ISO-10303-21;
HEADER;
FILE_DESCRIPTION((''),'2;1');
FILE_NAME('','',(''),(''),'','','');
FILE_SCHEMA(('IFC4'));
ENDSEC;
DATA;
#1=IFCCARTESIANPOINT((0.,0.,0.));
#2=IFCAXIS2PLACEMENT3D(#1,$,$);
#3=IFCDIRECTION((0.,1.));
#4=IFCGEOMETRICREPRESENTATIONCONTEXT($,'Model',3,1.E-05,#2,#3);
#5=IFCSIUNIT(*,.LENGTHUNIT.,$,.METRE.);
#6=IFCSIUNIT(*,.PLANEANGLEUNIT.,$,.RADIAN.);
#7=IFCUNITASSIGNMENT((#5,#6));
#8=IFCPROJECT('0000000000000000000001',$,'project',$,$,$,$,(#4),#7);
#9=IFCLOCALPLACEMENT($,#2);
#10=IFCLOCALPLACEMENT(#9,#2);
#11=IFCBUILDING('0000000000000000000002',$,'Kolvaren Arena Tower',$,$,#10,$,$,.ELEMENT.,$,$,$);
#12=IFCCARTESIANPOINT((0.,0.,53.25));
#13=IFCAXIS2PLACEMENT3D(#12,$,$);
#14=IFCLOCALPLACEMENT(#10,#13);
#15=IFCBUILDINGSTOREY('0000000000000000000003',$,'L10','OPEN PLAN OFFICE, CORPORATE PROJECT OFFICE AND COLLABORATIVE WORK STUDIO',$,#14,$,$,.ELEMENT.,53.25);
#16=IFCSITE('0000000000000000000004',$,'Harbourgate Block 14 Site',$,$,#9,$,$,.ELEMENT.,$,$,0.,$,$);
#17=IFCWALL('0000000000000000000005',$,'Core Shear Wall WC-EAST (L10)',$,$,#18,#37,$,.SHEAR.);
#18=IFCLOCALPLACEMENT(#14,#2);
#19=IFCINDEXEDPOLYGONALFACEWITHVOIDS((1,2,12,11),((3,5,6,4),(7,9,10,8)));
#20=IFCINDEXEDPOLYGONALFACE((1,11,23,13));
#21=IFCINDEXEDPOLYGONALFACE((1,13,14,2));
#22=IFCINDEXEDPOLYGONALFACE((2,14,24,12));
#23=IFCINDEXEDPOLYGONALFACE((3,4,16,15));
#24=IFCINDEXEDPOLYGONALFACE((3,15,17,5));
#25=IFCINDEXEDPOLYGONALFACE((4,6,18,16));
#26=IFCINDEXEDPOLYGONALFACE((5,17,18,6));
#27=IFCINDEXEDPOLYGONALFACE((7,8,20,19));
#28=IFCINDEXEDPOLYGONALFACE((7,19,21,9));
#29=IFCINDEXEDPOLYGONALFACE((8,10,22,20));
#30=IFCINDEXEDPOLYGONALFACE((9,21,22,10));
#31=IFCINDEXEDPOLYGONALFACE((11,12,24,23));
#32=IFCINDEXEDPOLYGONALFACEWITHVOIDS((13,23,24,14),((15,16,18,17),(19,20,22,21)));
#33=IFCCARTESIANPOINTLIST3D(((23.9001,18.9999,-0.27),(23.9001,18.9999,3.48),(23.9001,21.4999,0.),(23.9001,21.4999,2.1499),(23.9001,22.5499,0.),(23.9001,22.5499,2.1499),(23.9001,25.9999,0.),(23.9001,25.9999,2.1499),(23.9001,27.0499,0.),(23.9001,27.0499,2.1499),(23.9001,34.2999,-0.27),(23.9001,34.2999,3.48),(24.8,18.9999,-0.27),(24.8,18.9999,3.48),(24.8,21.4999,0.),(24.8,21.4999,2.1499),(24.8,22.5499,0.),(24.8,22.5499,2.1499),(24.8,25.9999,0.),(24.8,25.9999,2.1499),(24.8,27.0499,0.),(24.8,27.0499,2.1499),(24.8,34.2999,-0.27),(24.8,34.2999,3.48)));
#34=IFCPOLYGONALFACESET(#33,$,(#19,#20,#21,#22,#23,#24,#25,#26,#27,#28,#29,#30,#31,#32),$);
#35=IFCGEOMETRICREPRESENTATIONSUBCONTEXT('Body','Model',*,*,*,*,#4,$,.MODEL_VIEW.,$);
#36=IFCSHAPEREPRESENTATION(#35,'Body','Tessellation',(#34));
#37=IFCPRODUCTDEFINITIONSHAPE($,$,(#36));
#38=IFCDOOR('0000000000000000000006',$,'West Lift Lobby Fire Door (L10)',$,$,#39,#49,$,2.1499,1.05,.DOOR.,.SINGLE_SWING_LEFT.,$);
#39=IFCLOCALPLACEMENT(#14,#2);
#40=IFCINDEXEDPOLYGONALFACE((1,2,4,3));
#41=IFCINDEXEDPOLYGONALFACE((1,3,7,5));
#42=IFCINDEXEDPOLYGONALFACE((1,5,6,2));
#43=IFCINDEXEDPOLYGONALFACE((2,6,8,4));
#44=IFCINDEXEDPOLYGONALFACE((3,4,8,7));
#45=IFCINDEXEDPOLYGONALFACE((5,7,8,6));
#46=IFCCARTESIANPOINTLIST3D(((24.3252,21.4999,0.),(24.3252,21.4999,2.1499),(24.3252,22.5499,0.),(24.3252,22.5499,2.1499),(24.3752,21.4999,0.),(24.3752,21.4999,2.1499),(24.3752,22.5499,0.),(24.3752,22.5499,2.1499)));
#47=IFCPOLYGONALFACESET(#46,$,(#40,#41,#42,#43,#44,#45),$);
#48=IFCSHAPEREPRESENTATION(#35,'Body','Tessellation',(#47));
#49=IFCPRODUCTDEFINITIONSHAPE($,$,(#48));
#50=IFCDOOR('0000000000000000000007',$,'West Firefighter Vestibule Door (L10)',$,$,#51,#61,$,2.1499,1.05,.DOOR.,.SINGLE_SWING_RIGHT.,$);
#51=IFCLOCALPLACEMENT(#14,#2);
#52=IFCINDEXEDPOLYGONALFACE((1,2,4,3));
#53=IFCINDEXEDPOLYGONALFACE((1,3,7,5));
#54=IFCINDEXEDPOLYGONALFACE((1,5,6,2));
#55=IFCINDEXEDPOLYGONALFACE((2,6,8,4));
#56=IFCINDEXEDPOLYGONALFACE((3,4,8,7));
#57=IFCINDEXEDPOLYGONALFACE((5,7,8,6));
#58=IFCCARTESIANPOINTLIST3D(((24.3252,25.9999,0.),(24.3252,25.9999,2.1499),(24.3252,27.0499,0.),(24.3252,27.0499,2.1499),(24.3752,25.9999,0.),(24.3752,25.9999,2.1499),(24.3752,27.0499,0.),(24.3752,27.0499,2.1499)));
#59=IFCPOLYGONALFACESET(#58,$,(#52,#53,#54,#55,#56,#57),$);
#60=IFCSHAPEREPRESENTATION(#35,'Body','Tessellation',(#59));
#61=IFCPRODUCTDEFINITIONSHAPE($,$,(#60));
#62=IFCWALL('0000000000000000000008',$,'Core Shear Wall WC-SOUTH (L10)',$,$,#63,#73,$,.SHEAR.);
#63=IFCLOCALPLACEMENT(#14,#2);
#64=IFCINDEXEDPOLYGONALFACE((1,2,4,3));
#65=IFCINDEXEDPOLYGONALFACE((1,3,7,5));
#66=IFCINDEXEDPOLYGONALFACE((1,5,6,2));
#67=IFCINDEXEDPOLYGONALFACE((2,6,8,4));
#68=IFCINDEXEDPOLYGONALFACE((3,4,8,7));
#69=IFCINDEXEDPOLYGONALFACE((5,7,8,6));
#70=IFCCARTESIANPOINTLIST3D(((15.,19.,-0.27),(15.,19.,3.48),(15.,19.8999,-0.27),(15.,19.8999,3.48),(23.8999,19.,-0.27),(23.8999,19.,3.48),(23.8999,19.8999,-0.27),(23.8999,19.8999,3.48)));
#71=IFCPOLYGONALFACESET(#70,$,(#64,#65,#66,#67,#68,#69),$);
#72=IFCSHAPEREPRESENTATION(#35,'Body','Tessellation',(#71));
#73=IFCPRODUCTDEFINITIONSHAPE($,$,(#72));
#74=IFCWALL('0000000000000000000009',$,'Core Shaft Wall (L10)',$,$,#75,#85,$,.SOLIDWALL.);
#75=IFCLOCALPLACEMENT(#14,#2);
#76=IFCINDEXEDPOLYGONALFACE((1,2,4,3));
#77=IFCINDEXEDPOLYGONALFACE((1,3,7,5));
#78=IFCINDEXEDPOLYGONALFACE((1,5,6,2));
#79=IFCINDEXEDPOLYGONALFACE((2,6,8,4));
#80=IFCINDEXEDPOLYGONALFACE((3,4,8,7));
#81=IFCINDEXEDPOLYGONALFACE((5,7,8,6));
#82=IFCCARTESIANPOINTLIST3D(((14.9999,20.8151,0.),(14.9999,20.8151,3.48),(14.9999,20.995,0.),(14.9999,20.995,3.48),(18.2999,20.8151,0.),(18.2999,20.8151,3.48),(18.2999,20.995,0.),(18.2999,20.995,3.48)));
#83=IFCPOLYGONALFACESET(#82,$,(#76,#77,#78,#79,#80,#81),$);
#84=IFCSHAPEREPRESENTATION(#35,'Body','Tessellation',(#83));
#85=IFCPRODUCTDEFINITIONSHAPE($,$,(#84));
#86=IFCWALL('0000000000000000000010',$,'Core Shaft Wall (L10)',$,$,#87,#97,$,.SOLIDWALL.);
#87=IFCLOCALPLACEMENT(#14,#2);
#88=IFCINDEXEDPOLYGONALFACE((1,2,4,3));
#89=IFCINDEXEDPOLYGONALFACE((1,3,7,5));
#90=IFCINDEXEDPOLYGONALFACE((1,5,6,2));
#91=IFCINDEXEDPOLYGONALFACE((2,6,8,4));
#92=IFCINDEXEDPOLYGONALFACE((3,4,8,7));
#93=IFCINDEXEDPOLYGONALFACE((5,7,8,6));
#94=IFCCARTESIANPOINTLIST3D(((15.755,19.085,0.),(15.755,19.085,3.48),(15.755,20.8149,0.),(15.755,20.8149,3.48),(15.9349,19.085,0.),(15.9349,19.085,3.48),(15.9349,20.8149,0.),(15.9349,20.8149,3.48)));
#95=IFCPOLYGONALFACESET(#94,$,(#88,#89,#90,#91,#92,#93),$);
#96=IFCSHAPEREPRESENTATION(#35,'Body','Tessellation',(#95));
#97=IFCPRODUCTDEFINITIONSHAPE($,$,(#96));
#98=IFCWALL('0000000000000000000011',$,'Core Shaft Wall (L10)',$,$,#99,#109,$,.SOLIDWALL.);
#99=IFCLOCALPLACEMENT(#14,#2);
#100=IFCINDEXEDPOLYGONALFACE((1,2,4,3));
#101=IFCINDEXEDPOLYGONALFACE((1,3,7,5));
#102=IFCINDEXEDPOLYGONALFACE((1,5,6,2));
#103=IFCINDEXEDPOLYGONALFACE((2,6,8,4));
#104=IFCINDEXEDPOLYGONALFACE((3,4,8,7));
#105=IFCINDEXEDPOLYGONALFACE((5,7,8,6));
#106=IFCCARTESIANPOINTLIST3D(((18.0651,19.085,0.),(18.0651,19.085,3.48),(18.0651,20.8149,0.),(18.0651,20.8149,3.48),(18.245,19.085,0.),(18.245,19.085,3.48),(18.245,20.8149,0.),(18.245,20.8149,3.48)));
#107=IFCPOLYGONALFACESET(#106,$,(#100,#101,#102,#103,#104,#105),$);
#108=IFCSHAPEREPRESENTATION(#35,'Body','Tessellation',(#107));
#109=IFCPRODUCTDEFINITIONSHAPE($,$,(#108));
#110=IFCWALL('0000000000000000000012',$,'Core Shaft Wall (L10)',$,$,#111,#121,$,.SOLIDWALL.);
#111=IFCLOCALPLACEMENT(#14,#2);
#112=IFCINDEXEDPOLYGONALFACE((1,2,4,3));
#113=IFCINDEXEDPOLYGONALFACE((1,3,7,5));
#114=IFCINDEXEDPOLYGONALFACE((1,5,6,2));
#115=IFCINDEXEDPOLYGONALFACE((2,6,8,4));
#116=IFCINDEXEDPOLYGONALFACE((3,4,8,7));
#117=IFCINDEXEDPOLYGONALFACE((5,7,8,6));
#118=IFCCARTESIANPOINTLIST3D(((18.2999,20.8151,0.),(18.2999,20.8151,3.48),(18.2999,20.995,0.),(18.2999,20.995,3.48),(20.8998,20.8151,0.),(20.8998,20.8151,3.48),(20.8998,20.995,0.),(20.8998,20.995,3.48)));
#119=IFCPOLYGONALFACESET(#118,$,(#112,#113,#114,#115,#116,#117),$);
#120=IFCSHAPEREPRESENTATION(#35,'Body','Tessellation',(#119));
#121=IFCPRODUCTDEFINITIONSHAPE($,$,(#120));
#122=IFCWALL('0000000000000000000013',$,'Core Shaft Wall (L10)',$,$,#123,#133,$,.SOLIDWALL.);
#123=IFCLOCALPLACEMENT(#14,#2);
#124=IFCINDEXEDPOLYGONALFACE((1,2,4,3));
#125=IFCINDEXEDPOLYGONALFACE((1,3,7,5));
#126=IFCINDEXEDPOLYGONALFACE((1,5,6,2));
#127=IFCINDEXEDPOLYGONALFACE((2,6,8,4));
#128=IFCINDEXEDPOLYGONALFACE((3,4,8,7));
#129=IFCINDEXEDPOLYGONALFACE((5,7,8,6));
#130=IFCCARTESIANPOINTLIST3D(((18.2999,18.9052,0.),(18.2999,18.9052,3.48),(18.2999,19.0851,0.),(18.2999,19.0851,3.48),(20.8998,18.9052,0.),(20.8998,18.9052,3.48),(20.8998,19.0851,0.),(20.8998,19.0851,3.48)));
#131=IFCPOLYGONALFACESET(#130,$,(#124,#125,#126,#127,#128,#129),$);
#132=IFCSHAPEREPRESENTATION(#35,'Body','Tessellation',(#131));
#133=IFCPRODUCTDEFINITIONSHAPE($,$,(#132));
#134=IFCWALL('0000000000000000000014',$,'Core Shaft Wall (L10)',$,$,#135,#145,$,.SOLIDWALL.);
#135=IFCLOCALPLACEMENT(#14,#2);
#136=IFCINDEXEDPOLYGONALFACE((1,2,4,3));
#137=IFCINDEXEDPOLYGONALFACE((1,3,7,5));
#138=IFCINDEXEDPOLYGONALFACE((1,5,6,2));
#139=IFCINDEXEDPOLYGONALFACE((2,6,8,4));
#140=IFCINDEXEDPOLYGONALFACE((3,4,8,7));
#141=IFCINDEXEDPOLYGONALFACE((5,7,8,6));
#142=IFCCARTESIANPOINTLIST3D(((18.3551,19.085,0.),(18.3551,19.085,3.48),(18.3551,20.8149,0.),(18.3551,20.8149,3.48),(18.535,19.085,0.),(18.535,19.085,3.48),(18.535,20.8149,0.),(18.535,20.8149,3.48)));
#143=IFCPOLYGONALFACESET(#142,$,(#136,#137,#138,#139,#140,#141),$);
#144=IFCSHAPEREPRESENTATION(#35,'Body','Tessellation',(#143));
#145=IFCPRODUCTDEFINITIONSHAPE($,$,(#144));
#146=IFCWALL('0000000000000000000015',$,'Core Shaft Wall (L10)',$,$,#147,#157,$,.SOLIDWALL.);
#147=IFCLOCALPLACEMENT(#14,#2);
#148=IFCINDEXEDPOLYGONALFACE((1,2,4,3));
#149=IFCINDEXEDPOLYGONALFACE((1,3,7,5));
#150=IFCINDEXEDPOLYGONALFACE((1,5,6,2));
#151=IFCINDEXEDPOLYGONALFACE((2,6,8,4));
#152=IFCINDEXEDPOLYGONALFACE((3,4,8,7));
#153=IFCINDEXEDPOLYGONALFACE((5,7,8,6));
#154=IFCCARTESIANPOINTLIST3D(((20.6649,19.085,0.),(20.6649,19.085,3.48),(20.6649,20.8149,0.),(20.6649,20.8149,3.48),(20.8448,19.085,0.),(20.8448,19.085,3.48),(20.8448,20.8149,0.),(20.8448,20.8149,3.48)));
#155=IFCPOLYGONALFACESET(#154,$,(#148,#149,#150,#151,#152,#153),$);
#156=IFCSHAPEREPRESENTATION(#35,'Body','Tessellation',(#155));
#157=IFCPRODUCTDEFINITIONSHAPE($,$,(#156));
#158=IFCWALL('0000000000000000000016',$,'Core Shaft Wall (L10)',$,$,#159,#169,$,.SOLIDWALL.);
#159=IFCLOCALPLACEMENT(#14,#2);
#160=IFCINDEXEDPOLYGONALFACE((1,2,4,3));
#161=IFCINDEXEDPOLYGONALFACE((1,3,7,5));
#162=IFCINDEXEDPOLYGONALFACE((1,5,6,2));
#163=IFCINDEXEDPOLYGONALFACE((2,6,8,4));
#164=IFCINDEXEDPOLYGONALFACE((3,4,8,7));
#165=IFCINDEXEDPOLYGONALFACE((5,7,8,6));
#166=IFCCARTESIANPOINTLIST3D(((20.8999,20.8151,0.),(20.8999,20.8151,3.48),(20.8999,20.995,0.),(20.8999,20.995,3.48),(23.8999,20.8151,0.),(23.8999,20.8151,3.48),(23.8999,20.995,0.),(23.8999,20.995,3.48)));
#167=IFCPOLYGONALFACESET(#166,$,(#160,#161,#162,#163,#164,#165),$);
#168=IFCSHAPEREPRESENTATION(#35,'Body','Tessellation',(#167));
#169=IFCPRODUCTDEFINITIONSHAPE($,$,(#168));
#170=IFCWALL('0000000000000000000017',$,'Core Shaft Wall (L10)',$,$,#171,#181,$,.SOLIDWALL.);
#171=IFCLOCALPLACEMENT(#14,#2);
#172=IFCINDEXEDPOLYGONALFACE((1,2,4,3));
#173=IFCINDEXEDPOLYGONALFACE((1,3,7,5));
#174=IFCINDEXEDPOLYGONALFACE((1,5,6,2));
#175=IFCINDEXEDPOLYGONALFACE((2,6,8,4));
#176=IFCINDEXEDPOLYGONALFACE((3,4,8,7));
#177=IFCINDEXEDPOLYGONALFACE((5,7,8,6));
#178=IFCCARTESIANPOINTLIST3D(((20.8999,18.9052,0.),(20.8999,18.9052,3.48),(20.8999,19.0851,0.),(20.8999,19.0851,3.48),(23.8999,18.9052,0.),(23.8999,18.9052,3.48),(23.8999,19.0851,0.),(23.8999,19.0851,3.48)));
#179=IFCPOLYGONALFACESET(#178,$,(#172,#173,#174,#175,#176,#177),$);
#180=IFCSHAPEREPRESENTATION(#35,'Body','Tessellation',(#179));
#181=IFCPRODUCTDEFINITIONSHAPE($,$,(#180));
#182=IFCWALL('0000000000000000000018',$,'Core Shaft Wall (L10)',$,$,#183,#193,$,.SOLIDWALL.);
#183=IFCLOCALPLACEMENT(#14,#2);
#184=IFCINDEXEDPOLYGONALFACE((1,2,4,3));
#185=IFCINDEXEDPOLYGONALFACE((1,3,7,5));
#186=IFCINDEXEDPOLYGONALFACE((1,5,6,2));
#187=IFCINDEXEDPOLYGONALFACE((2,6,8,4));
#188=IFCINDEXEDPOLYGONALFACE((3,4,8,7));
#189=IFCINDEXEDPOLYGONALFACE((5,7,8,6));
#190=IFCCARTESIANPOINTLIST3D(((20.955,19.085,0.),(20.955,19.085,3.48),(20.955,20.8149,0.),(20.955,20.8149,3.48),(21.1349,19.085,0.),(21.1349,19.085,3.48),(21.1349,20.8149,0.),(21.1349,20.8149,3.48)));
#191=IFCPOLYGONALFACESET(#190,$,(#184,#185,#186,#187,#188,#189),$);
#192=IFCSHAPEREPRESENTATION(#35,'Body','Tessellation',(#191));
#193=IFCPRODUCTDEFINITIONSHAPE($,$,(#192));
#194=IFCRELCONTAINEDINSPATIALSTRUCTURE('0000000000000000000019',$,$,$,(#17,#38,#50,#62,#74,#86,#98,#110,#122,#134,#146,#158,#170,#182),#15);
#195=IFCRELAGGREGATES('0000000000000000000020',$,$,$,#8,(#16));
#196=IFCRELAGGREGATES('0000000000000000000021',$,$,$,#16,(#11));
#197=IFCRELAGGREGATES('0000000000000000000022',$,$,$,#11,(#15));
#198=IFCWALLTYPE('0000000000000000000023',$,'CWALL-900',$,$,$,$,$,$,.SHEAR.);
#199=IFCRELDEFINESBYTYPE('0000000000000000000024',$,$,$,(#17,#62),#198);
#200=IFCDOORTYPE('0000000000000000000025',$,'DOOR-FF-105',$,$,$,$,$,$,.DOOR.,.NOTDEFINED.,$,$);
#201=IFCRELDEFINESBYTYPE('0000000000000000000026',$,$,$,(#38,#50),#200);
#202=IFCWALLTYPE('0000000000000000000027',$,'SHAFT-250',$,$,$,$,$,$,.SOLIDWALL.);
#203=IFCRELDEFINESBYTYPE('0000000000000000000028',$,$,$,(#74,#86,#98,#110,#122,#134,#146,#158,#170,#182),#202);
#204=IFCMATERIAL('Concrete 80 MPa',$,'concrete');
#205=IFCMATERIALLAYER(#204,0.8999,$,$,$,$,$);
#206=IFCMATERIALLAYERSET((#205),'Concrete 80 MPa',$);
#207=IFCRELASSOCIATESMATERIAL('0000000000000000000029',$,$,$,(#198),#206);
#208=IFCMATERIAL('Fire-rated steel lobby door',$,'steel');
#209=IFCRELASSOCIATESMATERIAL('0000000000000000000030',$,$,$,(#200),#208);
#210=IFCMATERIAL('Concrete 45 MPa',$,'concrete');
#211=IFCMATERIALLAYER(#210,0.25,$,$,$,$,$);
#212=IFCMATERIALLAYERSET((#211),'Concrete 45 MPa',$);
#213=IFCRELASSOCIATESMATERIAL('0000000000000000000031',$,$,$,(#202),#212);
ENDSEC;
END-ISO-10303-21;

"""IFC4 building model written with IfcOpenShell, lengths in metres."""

from ifc_helpers import new_model, si_unit, direction, frame, frame_2d, origin, place, context, subcontext, project, spatial, rectangle, extrude, material, layer, layer_set, type_object, element, fill, save


model = new_model("IFC4")

# Units and contexts
model_context = context("Model", 3, precision=1e-05, world=origin(), true_north=direction((0.0, 1.0)))
body_context = subcontext(model_context, "Body", "Model", "MODEL_VIEW")
ifc_project = project(units=[si_unit("LENGTHUNIT", "METRE"), si_unit("PLANEANGLEUNIT", "RADIAN")], contexts=[model_context])

# Site, building, storey
site_placement = place(None, origin())
site = spatial("IfcSite", under=ifc_project, at=site_placement, Name="Harbourgate Block 14 Site", CompositionType="ELEMENT", RefElevation=0.0)
building_placement = place(site_placement, origin())
building = spatial("IfcBuilding", under=site, at=building_placement, Name="Kolvaren Arena Tower", CompositionType="ELEMENT")
storey_placement = place(building_placement, frame((0.0, 0.0, 53.25)))
storey = spatial("IfcBuildingStorey", under=building, at=storey_placement, Name="L10", Description="OPEN PLAN OFFICE, CORPORATE PROJECT OFFICE AND COLLABORATIVE WORK STUDIO", CompositionType="ELEMENT", Elevation=53.25)

# Wall, openings, doors
ifc_material_1 = material(Name="Concrete 80 MPa", Category="concrete")
ifc_layer_1 = layer(ifc_material_1, 0.8999)
ifc_layer_set_1 = layer_set([ifc_layer_1], Name="Concrete 80 MPa")
wall_type_1 = type_object("IfcWallType", Name="CWALL-900", PredefinedType="SHEAR", material=ifc_layer_set_1)
wall_1_placement = place(storey_placement, frame((24.3501, 19.0, -0.27), z_axis=(0.0, 0.0, 1.0), x_axis=(0.0, 1.0, 0.0)))
wall_1 = element("IfcWall", 1, at=wall_1_placement, inside=storey, type_object=wall_type_1, Name="Core Shear Wall WC-EAST (L10)", PredefinedType="SHEAR", context=body_context, shape_type="SweptSolid", body=[
    extrude(rectangle(XDim=15.3, YDim=0.8999, at=frame_2d((7.6499, 0.0))), origin(), (0.0, 0.0, 1.0), 3.75),
])
opening_1_placement = place(wall_1_placement, frame((2.5, 0.0, 0.27)))
opening_1 = element("IfcOpeningElement", 2, at=opening_1_placement, cuts=wall_1, PredefinedType="OPENING", context=body_context, shape_type="SweptSolid", body=[
    extrude(rectangle(XDim=1.05, YDim=2.1499, at=frame_2d((0.5249, 1.075))), frame((0.0, 0.46, 0.0), z_axis=(0.0, -1.0, 0.0), x_axis=(1.0, 0.0, 0.0)), (0.0, 0.0, 1.0), 0.9199),
])
opening_2_placement = place(wall_1_placement, frame((7.0, 0.0, 0.27)))
opening_2 = element("IfcOpeningElement", 3, at=opening_2_placement, cuts=wall_1, PredefinedType="OPENING", context=body_context, shape_type="SweptSolid", body=[
    extrude(rectangle(XDim=1.05, YDim=2.1499, at=frame_2d((0.5249, 1.075))), frame((0.0, 0.46, 0.0), z_axis=(0.0, -1.0, 0.0), x_axis=(1.0, 0.0, 0.0)), (0.0, 0.0, 1.0), 0.9199),
])
ifc_material_2 = material(Name="Fire-rated steel lobby door", Category="steel")
door_type = type_object("IfcDoorType", Name="DOOR-FF-105", OperationType="NOTDEFINED", PredefinedType="DOOR", material=ifc_material_2)
door_1_placement = place(opening_1_placement, origin())
door_1 = element("IfcDoor", 4, at=door_1_placement, inside=storey, type_object=door_type, Name="West Lift Lobby Fire Door (L10)", OperationType="SINGLE_SWING_LEFT", OverallHeight=2.1499, OverallWidth=1.05, PredefinedType="DOOR", context=body_context, shape_type="SweptSolid", body=[
    extrude(rectangle(XDim=1.05, YDim=2.1499, at=frame_2d((0.5249, 1.075))), frame((0.0, 0.0249, 0.0), z_axis=(0.0, -1.0, 0.0), x_axis=(1.0, 0.0, 0.0)), (0.0, 0.0, 1.0), 0.05),
])
fill(opening_1, door_1)
door_2_placement = place(opening_2_placement, origin())
door_2 = element("IfcDoor", 5, at=door_2_placement, inside=storey, type_object=door_type, Name="West Firefighter Vestibule Door (L10)", OperationType="SINGLE_SWING_RIGHT", OverallHeight=2.1499, OverallWidth=1.05, PredefinedType="DOOR", context=body_context, shape_type="SweptSolid", body=[
    extrude(rectangle(XDim=1.05, YDim=2.1499, at=frame_2d((0.5249, 1.075))), frame((0.0, 0.0249, 0.0), z_axis=(0.0, -1.0, 0.0), x_axis=(1.0, 0.0, 0.0)), (0.0, 0.0, 1.0), 0.05),
])
fill(opening_2, door_2)

# Walls
wall_2_placement = place(storey_placement, frame((15.0, 19.45, -0.27), z_axis=(0.0, 0.0, 1.0), x_axis=(1.0, 0.0, 0.0)))
element("IfcWall", 6, at=wall_2_placement, inside=storey, type_object=wall_type_1, Name="Core Shear Wall WC-SOUTH (L10)", PredefinedType="SHEAR", context=body_context, shape_type="SweptSolid", body=[
    extrude(rectangle(XDim=8.8999, YDim=0.8999, at=frame_2d((4.45, 0.0))), origin(), (0.0, 0.0, 1.0), 3.75),
])
ifc_material_3 = material(Name="Concrete 45 MPa", Category="concrete")
ifc_layer_2 = layer(ifc_material_3, 0.25)
ifc_layer_set_2 = layer_set([ifc_layer_2], Name="Concrete 45 MPa")
wall_type_2 = type_object("IfcWallType", Name="SHAFT-250", PredefinedType="SOLIDWALL", material=ifc_layer_set_2)
wall_3_placement = place(storey_placement, frame((15.0, 20.905, 0.0), z_axis=(0.0, 0.0, 1.0), x_axis=(1.0, 0.0, 0.0)))
element("IfcWall", 7, at=wall_3_placement, inside=storey, type_object=wall_type_2, Name="Core Shaft Wall (L10)", PredefinedType="SOLIDWALL", context=body_context, shape_type="SweptSolid", body=[
    extrude(rectangle(XDim=3.3, YDim=0.1799, at=frame_2d((1.6499, 0.0))), origin(), (0.0, 0.0, 1.0), 3.48),
])
for number, where, z_axis, x_axis, name in (
    (8, (15.845, 19.085, 0.0), (0.0, 0.0, 1.0), (0.0, 1.0, 0.0), "Core Shaft Wall (L10)"),
    (9, (18.155, 19.085, 0.0), (0.0, 0.0, 1.0), (0.0, 1.0, 0.0), "Core Shaft Wall (L10)"),
):
    element("IfcWall", number, at=place(storey_placement, frame(where, z_axis=z_axis, x_axis=x_axis)), inside=storey, type_object=wall_type_2, Name=name, PredefinedType="SOLIDWALL", context=body_context, shape_type="SweptSolid", body=[
        extrude(rectangle(XDim=1.73, YDim=0.1799, at=frame_2d((0.865, 0.0))), origin(), (0.0, 0.0, 1.0), 3.48),
    ])
for number, where, z_axis, x_axis, name in (
    (10, (18.3, 20.905, 0.0), (0.0, 0.0, 1.0), (1.0, 0.0, 0.0), "Core Shaft Wall (L10)"),
    (11, (18.3, 18.9951, 0.0), (0.0, 0.0, 1.0), (1.0, 0.0, 0.0), "Core Shaft Wall (L10)"),
):
    element("IfcWall", number, at=place(storey_placement, frame(where, z_axis=z_axis, x_axis=x_axis)), inside=storey, type_object=wall_type_2, Name=name, PredefinedType="SOLIDWALL", context=body_context, shape_type="SweptSolid", body=[
        extrude(rectangle(XDim=2.5999, YDim=0.1799, at=frame_2d((1.2998, 0.0))), origin(), (0.0, 0.0, 1.0), 3.48),
    ])
for number, where, z_axis, x_axis, name in (
    (12, (18.4451, 19.085, 0.0), (0.0, 0.0, 1.0), (0.0, 1.0, 0.0), "Core Shaft Wall (L10)"),
    (13, (20.7549, 19.085, 0.0), (0.0, 0.0, 1.0), (0.0, 1.0, 0.0), "Core Shaft Wall (L10)"),
):
    element("IfcWall", number, at=place(storey_placement, frame(where, z_axis=z_axis, x_axis=x_axis)), inside=storey, type_object=wall_type_2, Name=name, PredefinedType="SOLIDWALL", context=body_context, shape_type="SweptSolid", body=[
        extrude(rectangle(XDim=1.73, YDim=0.1799, at=frame_2d((0.865, 0.0))), origin(), (0.0, 0.0, 1.0), 3.48),
    ])
for number, where, z_axis, x_axis, name in (
    (14, (20.8999, 20.905, 0.0), (0.0, 0.0, 1.0), (1.0, 0.0, 0.0), "Core Shaft Wall (L10)"),
    (15, (20.8999, 18.9951, 0.0), (0.0, 0.0, 1.0), (1.0, 0.0, 0.0), "Core Shaft Wall (L10)"),
):
    element("IfcWall", number, at=place(storey_placement, frame(where, z_axis=z_axis, x_axis=x_axis)), inside=storey, type_object=wall_type_2, Name=name, PredefinedType="SOLIDWALL", context=body_context, shape_type="SweptSolid", body=[
        extrude(rectangle(XDim=3.0, YDim=0.1799, at=frame_2d((1.5, 0.0))), origin(), (0.0, 0.0, 1.0), 3.48),
    ])
for number, where, z_axis, x_axis, name in (
    (16, (21.0449, 19.085, 0.0), (0.0, 0.0, 1.0), (0.0, 1.0, 0.0), "Core Shaft Wall (L10)"),
):
    element("IfcWall", number, at=place(storey_placement, frame(where, z_axis=z_axis, x_axis=x_axis)), inside=storey, type_object=wall_type_2, Name=name, PredefinedType="SOLIDWALL", context=body_context, shape_type="SweptSolid", body=[
        extrude(rectangle(XDim=1.73, YDim=0.1799, at=frame_2d((0.865, 0.0))), origin(), (0.0, 0.0, 1.0), 3.48),
    ])

save(model, "model.ifc")
